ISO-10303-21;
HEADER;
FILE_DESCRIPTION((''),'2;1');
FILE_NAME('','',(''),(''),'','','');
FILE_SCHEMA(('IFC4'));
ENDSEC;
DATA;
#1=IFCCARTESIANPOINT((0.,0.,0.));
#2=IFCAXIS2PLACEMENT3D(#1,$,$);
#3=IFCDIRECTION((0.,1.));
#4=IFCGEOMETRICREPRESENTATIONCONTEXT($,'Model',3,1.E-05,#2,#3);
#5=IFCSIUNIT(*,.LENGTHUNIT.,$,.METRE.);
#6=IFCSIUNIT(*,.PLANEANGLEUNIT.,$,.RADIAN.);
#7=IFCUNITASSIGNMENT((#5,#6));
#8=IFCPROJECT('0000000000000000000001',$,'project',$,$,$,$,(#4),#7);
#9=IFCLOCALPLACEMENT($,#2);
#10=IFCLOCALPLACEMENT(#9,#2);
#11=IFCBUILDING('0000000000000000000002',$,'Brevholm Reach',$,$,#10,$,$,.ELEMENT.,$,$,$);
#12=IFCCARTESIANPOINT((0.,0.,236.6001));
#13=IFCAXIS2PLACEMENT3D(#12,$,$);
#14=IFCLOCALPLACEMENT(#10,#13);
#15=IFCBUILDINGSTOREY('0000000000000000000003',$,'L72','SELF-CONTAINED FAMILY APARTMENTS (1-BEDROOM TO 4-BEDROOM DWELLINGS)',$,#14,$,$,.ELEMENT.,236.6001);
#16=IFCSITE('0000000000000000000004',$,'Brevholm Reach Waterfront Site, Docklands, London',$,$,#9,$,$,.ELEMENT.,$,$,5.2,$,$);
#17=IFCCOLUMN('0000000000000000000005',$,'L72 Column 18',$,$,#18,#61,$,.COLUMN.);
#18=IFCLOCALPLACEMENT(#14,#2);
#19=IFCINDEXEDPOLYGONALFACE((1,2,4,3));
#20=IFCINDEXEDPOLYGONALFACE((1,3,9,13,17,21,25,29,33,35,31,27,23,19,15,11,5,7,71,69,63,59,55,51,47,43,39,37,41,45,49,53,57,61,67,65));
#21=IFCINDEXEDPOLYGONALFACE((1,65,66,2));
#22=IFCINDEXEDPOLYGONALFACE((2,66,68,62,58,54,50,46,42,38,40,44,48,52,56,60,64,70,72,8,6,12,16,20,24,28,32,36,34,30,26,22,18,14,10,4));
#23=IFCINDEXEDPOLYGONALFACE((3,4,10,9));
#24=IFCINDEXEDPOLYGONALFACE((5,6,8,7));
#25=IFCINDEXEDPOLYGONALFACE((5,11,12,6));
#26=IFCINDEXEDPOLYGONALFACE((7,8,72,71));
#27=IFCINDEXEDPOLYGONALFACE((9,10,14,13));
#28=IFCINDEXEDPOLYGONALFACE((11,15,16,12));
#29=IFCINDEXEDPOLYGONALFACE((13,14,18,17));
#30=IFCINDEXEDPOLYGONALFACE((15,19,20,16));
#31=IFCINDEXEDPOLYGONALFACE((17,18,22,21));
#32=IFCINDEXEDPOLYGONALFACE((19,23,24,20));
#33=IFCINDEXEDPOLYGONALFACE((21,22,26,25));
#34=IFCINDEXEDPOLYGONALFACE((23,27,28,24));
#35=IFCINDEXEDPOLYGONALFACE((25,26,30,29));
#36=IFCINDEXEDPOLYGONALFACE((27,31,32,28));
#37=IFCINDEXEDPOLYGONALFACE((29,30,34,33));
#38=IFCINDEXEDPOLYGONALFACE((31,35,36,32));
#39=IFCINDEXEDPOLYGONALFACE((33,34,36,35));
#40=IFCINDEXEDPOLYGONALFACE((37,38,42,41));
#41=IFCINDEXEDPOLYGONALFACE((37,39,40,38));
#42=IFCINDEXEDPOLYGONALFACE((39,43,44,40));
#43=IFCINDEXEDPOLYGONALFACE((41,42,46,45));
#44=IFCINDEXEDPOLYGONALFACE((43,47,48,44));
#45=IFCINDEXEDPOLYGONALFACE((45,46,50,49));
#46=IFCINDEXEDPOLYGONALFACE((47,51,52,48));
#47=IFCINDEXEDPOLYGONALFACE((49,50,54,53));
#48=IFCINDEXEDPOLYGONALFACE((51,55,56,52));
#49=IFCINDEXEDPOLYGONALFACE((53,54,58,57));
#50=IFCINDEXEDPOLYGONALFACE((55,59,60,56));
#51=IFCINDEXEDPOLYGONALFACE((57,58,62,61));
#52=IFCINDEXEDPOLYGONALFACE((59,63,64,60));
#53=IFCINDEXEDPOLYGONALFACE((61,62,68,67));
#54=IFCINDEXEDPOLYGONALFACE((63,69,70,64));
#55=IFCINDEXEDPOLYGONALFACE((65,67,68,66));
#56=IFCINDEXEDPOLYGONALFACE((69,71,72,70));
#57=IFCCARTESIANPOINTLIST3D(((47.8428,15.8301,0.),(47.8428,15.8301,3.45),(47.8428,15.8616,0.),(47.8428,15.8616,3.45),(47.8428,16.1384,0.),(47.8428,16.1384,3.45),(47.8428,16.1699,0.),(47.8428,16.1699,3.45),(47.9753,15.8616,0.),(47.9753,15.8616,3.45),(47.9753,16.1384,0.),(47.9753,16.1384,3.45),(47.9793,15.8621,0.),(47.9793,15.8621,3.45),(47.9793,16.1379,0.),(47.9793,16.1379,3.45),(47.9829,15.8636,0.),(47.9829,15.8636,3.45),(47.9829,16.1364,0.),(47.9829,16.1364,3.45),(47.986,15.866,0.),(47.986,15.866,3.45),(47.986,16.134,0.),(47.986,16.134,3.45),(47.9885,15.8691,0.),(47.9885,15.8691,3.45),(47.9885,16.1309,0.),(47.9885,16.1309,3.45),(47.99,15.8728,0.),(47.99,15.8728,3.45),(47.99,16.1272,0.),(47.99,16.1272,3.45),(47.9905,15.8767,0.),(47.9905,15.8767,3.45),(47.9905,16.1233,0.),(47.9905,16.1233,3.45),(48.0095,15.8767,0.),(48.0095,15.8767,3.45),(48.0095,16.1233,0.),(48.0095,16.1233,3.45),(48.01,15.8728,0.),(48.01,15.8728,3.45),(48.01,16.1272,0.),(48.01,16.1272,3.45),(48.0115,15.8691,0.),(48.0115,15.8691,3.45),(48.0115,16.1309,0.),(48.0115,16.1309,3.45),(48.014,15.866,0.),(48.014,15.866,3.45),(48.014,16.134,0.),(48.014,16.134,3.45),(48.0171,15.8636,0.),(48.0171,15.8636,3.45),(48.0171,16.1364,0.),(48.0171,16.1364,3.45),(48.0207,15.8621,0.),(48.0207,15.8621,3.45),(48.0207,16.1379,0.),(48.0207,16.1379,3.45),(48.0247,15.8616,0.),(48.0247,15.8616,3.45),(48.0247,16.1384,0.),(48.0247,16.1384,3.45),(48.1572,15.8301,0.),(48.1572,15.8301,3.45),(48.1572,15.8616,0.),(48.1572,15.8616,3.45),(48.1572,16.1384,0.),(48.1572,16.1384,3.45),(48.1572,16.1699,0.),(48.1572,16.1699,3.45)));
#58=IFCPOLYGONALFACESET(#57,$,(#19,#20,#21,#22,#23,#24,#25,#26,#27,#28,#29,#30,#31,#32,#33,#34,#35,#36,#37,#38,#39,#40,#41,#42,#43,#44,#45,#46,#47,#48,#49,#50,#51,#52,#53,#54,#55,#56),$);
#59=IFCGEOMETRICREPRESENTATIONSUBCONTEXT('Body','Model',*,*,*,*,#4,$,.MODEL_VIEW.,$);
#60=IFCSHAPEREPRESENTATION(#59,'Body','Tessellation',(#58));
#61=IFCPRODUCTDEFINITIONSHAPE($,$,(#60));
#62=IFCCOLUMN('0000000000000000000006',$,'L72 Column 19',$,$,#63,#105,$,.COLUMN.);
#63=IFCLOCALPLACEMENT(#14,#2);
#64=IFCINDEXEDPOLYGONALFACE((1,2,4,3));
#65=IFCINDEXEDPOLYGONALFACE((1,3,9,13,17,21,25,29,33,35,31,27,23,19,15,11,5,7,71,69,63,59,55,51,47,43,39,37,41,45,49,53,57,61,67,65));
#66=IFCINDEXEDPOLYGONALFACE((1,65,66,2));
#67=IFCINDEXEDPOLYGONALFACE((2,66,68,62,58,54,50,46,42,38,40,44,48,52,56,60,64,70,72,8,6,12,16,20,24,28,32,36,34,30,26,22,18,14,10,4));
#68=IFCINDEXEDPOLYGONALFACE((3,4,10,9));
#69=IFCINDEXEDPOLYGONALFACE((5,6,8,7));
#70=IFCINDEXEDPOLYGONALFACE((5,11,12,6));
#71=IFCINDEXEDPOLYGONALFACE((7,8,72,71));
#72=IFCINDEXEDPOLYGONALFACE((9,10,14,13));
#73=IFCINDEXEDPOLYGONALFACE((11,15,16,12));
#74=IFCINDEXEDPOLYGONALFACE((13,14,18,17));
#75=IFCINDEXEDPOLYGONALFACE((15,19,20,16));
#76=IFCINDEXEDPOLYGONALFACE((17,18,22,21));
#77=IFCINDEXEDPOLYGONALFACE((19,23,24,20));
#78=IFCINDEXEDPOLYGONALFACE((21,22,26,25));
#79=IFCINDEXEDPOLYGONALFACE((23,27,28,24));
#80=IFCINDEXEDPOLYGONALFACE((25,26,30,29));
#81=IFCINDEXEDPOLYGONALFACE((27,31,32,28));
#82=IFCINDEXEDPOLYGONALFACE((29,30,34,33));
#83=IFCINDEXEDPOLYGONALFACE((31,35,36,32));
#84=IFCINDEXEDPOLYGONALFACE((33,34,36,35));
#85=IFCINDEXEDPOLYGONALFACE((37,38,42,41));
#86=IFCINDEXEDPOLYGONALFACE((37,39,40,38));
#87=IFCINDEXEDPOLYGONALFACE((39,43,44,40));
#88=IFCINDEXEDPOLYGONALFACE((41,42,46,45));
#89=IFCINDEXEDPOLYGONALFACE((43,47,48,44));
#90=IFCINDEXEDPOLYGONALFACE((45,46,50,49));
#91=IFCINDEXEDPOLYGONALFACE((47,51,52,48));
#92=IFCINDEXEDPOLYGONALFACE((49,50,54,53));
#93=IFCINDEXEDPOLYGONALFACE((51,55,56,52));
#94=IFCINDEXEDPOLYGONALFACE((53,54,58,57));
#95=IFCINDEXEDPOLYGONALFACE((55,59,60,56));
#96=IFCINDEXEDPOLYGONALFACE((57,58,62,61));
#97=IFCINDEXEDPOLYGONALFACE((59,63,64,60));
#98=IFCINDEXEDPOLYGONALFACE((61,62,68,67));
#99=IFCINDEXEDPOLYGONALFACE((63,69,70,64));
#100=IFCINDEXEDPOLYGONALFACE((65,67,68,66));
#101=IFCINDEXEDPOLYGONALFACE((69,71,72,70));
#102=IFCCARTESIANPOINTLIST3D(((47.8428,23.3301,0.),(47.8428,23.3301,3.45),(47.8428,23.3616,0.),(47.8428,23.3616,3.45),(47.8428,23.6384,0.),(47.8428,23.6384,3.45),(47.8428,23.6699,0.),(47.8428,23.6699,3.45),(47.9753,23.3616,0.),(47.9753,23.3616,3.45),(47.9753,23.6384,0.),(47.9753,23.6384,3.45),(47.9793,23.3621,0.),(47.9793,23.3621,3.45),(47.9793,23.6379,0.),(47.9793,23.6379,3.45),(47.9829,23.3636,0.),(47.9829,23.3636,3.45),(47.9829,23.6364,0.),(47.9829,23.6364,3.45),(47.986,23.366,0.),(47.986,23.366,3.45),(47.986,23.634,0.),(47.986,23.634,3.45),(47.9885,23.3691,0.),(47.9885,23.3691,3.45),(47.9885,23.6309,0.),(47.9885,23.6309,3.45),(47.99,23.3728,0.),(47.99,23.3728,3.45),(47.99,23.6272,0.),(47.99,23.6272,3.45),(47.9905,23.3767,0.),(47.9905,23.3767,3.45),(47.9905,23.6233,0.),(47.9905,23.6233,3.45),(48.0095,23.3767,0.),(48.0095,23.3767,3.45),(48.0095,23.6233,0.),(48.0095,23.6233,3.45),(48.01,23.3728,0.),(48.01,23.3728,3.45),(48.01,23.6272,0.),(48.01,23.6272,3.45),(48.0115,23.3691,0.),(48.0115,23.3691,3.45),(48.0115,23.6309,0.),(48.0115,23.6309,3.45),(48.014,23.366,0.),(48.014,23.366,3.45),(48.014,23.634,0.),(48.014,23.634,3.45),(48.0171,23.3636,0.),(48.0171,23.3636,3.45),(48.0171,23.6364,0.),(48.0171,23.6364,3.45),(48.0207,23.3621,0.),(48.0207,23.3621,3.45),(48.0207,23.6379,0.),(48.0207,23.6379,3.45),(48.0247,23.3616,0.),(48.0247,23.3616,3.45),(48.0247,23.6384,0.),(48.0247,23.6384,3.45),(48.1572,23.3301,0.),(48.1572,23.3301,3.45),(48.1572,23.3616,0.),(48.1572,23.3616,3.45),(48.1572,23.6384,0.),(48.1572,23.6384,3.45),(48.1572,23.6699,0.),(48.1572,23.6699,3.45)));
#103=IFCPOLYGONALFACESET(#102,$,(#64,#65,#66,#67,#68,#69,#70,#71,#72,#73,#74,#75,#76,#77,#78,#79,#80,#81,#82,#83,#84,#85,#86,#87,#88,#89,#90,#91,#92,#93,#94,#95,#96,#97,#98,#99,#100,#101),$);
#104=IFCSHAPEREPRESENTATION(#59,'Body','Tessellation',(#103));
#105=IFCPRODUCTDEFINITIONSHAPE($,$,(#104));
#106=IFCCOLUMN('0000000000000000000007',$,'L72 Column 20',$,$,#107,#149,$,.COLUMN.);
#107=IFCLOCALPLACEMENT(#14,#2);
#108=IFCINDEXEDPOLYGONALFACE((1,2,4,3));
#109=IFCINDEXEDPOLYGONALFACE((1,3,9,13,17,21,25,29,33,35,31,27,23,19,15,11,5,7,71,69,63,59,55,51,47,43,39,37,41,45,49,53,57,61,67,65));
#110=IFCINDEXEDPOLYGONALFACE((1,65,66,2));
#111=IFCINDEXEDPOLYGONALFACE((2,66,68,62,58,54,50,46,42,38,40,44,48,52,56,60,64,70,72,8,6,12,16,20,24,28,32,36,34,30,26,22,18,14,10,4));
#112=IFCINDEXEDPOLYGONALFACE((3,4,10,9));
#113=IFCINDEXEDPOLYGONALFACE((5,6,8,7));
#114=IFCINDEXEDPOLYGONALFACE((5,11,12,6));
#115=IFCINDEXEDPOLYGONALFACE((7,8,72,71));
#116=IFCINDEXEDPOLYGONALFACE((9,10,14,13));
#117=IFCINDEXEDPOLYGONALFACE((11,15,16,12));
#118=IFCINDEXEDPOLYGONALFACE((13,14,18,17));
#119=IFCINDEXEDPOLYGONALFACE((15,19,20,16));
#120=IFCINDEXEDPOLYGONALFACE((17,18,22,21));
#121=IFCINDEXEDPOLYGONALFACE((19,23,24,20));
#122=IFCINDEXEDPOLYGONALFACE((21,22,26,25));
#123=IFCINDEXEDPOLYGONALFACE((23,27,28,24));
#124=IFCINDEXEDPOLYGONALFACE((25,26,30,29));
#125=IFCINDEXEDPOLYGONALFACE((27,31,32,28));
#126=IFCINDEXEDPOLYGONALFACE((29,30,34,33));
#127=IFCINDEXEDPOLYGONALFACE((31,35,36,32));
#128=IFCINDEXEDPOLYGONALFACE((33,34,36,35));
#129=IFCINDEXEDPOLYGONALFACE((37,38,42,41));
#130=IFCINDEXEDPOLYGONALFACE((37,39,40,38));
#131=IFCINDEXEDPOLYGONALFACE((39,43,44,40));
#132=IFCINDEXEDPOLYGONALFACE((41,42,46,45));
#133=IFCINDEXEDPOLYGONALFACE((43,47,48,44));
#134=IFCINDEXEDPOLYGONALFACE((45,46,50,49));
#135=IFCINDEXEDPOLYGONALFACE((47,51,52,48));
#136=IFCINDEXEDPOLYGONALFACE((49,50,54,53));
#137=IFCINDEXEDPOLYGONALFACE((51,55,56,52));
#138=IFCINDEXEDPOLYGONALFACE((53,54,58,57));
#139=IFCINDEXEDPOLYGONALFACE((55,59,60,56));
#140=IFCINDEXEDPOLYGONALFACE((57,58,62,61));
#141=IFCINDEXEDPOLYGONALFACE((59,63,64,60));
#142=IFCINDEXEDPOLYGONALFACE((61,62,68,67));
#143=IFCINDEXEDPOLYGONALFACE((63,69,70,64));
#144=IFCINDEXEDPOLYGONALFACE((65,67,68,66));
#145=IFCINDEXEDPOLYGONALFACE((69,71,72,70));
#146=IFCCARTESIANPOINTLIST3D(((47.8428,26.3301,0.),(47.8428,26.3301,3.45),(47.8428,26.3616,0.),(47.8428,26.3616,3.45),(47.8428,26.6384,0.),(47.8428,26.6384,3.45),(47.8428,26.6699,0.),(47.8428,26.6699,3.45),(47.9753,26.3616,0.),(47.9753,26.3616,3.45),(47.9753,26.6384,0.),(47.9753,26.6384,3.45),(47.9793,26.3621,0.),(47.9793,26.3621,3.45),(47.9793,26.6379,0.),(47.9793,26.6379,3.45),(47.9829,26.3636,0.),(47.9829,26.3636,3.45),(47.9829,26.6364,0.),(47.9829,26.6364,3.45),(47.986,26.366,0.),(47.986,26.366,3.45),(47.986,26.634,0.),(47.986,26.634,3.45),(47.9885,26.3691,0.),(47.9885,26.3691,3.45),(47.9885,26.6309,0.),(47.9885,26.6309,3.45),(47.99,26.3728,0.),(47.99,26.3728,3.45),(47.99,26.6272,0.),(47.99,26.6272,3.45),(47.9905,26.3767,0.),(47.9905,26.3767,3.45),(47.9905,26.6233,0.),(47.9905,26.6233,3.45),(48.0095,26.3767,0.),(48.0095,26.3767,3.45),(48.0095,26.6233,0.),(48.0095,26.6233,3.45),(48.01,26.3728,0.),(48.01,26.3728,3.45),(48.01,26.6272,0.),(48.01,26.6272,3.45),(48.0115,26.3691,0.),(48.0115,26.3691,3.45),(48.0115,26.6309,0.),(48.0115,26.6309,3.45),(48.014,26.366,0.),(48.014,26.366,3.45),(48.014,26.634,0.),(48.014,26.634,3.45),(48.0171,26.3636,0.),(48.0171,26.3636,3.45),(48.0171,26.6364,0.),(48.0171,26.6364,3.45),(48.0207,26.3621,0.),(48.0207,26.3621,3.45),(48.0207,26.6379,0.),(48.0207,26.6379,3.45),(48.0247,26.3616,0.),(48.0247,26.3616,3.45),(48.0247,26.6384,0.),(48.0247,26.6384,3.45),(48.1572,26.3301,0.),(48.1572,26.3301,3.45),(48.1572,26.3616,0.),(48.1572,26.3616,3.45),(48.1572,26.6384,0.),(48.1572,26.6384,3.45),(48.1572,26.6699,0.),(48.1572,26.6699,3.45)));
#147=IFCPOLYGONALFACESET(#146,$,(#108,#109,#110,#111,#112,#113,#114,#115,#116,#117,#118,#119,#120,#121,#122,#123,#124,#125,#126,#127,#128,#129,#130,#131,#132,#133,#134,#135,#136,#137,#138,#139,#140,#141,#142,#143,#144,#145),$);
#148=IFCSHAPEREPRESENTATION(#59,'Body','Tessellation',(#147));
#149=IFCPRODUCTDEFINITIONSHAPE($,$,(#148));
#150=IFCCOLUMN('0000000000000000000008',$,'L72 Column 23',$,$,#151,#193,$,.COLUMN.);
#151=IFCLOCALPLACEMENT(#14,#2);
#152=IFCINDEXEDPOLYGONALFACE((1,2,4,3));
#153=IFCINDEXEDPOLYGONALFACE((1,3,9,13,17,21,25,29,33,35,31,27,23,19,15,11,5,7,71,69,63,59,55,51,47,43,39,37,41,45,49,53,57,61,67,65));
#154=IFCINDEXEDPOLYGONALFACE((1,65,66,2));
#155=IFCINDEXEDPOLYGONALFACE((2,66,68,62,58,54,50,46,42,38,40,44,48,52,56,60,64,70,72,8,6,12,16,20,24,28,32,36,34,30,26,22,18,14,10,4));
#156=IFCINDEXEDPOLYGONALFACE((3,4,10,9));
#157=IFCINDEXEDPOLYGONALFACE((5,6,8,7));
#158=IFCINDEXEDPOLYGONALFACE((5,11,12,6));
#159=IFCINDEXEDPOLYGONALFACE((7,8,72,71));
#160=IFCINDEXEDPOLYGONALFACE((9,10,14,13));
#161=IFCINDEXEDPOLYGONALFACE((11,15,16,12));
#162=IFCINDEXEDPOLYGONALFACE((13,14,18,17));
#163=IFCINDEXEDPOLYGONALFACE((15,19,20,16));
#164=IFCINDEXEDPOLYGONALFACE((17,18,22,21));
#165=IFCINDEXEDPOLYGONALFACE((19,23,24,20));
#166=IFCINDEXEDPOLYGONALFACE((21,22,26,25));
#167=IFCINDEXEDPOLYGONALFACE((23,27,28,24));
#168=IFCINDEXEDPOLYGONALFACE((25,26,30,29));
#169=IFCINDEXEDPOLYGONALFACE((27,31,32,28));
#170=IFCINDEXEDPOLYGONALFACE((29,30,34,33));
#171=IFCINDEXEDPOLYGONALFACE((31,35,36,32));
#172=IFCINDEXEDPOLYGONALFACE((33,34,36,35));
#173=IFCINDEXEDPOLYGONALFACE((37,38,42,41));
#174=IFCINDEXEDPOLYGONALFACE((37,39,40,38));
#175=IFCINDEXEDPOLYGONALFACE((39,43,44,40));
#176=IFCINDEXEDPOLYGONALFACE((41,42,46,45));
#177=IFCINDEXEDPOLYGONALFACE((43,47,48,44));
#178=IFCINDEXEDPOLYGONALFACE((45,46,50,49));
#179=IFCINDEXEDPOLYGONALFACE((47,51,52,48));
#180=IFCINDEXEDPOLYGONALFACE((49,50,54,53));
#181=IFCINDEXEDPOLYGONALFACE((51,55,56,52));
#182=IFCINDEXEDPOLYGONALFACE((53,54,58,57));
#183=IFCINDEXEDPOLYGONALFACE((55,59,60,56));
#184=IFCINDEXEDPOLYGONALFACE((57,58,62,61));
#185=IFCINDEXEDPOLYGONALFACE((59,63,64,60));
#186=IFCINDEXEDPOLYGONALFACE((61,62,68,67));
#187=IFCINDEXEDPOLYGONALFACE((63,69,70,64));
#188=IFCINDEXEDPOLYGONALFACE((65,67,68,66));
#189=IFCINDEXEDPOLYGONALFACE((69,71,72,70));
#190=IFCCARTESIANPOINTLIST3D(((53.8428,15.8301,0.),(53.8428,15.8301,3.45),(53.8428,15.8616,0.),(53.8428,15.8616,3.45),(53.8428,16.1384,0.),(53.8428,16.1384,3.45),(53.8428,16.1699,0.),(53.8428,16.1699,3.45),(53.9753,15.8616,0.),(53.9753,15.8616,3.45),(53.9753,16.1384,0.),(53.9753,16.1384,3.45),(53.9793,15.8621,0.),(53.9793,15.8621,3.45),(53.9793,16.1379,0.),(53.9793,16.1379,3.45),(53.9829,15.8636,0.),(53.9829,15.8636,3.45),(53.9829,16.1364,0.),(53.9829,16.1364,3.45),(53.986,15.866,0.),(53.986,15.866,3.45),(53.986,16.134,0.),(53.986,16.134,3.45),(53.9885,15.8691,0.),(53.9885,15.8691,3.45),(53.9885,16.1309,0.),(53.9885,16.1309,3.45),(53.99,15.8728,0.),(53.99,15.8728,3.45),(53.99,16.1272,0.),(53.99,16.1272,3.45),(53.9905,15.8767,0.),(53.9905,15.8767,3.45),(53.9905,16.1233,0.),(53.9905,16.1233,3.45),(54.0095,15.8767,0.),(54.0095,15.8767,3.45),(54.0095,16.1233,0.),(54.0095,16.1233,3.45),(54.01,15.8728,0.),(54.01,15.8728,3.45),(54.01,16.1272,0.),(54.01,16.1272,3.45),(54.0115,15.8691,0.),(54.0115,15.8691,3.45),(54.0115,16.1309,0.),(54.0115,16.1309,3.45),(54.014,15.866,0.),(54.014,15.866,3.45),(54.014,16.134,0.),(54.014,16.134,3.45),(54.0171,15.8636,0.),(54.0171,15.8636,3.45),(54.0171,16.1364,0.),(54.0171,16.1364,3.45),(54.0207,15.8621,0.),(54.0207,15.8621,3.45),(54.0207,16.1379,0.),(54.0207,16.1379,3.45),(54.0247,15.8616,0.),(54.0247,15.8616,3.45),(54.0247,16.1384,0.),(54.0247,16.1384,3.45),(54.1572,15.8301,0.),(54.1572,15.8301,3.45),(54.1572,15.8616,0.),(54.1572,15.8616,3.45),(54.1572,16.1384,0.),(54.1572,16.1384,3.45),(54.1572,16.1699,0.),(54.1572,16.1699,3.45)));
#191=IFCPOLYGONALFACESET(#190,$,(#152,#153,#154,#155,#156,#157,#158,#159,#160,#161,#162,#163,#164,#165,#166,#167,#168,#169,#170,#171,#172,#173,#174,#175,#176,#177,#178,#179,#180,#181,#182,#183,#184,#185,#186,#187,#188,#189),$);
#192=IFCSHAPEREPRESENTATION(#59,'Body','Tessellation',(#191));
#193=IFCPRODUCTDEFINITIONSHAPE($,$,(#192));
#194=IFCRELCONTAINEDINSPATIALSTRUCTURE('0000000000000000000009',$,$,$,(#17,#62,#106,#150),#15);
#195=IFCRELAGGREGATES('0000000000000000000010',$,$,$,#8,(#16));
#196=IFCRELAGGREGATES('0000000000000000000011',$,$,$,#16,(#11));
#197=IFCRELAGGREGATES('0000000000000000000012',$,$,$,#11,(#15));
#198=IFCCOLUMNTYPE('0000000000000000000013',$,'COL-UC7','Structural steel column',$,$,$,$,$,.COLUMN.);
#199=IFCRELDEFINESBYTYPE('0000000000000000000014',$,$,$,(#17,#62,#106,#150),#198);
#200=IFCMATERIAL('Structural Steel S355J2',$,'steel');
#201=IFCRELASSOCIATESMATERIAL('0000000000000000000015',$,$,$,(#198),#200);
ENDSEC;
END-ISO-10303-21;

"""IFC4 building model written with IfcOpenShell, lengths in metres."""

from ifc_helpers import new_model, si_unit, direction, frame, origin, origin_2d, place, context, subcontext, project, spatial, i_section, extrude, material, material_profile, profile_set, type_object, element, save


model = new_model("IFC4")

# Units and contexts
model_context = context("Model", 3, precision=1e-05, world=origin(), true_north=direction((0.0, 1.0)))
body_context = subcontext(model_context, "Body", "Model", "MODEL_VIEW")
ifc_project = project(units=[si_unit("LENGTHUNIT", "METRE"), si_unit("PLANEANGLEUNIT", "RADIAN")], contexts=[model_context])

# Site, building, storey
site_placement = place(None, origin())
site = spatial("IfcSite", under=ifc_project, at=site_placement, Name="Brevholm Reach Waterfront Site, Docklands, London", CompositionType="ELEMENT", RefElevation=5.2)
building_placement = place(site_placement, origin())
building = spatial("IfcBuilding", under=site, at=building_placement, Name="Brevholm Reach", CompositionType="ELEMENT")
storey_placement = place(building_placement, frame((0.0, 0.0, 236.6001)))
storey = spatial("IfcBuildingStorey", under=building, at=storey_placement, Name="L72", Description="SELF-CONTAINED FAMILY APARTMENTS (1-BEDROOM TO 4-BEDROOM DWELLINGS)", CompositionType="ELEMENT", Elevation=236.6001)

# Columns
ifc_material_1 = material(Name="Structural Steel S355J2", Category="steel")
ifc_material_profile_1 = material_profile(ifc_material_1, i_section(OverallWidth=0.3145, OverallDepth=0.3398, WebThickness=0.019, FlangeThickness=0.0315, FilletRadius=0.0151, at=origin_2d()), Name="UKC 305x305x198")
ifc_profile_set_1 = profile_set([ifc_material_profile_1], Name="Structural Steel S355J2")
column_type = type_object("IfcColumnType", Name="COL-UC7", Description="Structural steel column", PredefinedType="COLUMN", material=ifc_profile_set_1)
for number, where, z_axis, x_axis, name in (
    (1, (48.0, 16.0, 0.0), (0.0, 0.0, 1.0), (1.0, 0.0, 0.0), "L72 Column 18"),
    (2, (48.0, 23.5, 0.0), (0.0, 0.0, 1.0), (1.0, 0.0, 0.0), "L72 Column 19"),
    (3, (48.0, 26.5, 0.0), (0.0, 0.0, 1.0), (1.0, 0.0, 0.0), "L72 Column 20"),
    (4, (54.0, 16.0, 0.0), (0.0, 0.0, 1.0), (1.0, 0.0, 0.0), "L72 Column 23"),
):
    element("IfcColumn", number, at=place(storey_placement, frame(where, z_axis=z_axis, x_axis=x_axis)), inside=storey, type_object=column_type, Name=name, PredefinedType="COLUMN", context=body_context, shape_type="SweptSolid", body=[
        extrude(i_section(OverallWidth=0.3145, OverallDepth=0.3398, WebThickness=0.019, FlangeThickness=0.0315, FilletRadius=0.0151, at=origin_2d()), origin(), (0.0, 0.0, 1.0), 3.45),
    ])

save(model, "model.ifc")
